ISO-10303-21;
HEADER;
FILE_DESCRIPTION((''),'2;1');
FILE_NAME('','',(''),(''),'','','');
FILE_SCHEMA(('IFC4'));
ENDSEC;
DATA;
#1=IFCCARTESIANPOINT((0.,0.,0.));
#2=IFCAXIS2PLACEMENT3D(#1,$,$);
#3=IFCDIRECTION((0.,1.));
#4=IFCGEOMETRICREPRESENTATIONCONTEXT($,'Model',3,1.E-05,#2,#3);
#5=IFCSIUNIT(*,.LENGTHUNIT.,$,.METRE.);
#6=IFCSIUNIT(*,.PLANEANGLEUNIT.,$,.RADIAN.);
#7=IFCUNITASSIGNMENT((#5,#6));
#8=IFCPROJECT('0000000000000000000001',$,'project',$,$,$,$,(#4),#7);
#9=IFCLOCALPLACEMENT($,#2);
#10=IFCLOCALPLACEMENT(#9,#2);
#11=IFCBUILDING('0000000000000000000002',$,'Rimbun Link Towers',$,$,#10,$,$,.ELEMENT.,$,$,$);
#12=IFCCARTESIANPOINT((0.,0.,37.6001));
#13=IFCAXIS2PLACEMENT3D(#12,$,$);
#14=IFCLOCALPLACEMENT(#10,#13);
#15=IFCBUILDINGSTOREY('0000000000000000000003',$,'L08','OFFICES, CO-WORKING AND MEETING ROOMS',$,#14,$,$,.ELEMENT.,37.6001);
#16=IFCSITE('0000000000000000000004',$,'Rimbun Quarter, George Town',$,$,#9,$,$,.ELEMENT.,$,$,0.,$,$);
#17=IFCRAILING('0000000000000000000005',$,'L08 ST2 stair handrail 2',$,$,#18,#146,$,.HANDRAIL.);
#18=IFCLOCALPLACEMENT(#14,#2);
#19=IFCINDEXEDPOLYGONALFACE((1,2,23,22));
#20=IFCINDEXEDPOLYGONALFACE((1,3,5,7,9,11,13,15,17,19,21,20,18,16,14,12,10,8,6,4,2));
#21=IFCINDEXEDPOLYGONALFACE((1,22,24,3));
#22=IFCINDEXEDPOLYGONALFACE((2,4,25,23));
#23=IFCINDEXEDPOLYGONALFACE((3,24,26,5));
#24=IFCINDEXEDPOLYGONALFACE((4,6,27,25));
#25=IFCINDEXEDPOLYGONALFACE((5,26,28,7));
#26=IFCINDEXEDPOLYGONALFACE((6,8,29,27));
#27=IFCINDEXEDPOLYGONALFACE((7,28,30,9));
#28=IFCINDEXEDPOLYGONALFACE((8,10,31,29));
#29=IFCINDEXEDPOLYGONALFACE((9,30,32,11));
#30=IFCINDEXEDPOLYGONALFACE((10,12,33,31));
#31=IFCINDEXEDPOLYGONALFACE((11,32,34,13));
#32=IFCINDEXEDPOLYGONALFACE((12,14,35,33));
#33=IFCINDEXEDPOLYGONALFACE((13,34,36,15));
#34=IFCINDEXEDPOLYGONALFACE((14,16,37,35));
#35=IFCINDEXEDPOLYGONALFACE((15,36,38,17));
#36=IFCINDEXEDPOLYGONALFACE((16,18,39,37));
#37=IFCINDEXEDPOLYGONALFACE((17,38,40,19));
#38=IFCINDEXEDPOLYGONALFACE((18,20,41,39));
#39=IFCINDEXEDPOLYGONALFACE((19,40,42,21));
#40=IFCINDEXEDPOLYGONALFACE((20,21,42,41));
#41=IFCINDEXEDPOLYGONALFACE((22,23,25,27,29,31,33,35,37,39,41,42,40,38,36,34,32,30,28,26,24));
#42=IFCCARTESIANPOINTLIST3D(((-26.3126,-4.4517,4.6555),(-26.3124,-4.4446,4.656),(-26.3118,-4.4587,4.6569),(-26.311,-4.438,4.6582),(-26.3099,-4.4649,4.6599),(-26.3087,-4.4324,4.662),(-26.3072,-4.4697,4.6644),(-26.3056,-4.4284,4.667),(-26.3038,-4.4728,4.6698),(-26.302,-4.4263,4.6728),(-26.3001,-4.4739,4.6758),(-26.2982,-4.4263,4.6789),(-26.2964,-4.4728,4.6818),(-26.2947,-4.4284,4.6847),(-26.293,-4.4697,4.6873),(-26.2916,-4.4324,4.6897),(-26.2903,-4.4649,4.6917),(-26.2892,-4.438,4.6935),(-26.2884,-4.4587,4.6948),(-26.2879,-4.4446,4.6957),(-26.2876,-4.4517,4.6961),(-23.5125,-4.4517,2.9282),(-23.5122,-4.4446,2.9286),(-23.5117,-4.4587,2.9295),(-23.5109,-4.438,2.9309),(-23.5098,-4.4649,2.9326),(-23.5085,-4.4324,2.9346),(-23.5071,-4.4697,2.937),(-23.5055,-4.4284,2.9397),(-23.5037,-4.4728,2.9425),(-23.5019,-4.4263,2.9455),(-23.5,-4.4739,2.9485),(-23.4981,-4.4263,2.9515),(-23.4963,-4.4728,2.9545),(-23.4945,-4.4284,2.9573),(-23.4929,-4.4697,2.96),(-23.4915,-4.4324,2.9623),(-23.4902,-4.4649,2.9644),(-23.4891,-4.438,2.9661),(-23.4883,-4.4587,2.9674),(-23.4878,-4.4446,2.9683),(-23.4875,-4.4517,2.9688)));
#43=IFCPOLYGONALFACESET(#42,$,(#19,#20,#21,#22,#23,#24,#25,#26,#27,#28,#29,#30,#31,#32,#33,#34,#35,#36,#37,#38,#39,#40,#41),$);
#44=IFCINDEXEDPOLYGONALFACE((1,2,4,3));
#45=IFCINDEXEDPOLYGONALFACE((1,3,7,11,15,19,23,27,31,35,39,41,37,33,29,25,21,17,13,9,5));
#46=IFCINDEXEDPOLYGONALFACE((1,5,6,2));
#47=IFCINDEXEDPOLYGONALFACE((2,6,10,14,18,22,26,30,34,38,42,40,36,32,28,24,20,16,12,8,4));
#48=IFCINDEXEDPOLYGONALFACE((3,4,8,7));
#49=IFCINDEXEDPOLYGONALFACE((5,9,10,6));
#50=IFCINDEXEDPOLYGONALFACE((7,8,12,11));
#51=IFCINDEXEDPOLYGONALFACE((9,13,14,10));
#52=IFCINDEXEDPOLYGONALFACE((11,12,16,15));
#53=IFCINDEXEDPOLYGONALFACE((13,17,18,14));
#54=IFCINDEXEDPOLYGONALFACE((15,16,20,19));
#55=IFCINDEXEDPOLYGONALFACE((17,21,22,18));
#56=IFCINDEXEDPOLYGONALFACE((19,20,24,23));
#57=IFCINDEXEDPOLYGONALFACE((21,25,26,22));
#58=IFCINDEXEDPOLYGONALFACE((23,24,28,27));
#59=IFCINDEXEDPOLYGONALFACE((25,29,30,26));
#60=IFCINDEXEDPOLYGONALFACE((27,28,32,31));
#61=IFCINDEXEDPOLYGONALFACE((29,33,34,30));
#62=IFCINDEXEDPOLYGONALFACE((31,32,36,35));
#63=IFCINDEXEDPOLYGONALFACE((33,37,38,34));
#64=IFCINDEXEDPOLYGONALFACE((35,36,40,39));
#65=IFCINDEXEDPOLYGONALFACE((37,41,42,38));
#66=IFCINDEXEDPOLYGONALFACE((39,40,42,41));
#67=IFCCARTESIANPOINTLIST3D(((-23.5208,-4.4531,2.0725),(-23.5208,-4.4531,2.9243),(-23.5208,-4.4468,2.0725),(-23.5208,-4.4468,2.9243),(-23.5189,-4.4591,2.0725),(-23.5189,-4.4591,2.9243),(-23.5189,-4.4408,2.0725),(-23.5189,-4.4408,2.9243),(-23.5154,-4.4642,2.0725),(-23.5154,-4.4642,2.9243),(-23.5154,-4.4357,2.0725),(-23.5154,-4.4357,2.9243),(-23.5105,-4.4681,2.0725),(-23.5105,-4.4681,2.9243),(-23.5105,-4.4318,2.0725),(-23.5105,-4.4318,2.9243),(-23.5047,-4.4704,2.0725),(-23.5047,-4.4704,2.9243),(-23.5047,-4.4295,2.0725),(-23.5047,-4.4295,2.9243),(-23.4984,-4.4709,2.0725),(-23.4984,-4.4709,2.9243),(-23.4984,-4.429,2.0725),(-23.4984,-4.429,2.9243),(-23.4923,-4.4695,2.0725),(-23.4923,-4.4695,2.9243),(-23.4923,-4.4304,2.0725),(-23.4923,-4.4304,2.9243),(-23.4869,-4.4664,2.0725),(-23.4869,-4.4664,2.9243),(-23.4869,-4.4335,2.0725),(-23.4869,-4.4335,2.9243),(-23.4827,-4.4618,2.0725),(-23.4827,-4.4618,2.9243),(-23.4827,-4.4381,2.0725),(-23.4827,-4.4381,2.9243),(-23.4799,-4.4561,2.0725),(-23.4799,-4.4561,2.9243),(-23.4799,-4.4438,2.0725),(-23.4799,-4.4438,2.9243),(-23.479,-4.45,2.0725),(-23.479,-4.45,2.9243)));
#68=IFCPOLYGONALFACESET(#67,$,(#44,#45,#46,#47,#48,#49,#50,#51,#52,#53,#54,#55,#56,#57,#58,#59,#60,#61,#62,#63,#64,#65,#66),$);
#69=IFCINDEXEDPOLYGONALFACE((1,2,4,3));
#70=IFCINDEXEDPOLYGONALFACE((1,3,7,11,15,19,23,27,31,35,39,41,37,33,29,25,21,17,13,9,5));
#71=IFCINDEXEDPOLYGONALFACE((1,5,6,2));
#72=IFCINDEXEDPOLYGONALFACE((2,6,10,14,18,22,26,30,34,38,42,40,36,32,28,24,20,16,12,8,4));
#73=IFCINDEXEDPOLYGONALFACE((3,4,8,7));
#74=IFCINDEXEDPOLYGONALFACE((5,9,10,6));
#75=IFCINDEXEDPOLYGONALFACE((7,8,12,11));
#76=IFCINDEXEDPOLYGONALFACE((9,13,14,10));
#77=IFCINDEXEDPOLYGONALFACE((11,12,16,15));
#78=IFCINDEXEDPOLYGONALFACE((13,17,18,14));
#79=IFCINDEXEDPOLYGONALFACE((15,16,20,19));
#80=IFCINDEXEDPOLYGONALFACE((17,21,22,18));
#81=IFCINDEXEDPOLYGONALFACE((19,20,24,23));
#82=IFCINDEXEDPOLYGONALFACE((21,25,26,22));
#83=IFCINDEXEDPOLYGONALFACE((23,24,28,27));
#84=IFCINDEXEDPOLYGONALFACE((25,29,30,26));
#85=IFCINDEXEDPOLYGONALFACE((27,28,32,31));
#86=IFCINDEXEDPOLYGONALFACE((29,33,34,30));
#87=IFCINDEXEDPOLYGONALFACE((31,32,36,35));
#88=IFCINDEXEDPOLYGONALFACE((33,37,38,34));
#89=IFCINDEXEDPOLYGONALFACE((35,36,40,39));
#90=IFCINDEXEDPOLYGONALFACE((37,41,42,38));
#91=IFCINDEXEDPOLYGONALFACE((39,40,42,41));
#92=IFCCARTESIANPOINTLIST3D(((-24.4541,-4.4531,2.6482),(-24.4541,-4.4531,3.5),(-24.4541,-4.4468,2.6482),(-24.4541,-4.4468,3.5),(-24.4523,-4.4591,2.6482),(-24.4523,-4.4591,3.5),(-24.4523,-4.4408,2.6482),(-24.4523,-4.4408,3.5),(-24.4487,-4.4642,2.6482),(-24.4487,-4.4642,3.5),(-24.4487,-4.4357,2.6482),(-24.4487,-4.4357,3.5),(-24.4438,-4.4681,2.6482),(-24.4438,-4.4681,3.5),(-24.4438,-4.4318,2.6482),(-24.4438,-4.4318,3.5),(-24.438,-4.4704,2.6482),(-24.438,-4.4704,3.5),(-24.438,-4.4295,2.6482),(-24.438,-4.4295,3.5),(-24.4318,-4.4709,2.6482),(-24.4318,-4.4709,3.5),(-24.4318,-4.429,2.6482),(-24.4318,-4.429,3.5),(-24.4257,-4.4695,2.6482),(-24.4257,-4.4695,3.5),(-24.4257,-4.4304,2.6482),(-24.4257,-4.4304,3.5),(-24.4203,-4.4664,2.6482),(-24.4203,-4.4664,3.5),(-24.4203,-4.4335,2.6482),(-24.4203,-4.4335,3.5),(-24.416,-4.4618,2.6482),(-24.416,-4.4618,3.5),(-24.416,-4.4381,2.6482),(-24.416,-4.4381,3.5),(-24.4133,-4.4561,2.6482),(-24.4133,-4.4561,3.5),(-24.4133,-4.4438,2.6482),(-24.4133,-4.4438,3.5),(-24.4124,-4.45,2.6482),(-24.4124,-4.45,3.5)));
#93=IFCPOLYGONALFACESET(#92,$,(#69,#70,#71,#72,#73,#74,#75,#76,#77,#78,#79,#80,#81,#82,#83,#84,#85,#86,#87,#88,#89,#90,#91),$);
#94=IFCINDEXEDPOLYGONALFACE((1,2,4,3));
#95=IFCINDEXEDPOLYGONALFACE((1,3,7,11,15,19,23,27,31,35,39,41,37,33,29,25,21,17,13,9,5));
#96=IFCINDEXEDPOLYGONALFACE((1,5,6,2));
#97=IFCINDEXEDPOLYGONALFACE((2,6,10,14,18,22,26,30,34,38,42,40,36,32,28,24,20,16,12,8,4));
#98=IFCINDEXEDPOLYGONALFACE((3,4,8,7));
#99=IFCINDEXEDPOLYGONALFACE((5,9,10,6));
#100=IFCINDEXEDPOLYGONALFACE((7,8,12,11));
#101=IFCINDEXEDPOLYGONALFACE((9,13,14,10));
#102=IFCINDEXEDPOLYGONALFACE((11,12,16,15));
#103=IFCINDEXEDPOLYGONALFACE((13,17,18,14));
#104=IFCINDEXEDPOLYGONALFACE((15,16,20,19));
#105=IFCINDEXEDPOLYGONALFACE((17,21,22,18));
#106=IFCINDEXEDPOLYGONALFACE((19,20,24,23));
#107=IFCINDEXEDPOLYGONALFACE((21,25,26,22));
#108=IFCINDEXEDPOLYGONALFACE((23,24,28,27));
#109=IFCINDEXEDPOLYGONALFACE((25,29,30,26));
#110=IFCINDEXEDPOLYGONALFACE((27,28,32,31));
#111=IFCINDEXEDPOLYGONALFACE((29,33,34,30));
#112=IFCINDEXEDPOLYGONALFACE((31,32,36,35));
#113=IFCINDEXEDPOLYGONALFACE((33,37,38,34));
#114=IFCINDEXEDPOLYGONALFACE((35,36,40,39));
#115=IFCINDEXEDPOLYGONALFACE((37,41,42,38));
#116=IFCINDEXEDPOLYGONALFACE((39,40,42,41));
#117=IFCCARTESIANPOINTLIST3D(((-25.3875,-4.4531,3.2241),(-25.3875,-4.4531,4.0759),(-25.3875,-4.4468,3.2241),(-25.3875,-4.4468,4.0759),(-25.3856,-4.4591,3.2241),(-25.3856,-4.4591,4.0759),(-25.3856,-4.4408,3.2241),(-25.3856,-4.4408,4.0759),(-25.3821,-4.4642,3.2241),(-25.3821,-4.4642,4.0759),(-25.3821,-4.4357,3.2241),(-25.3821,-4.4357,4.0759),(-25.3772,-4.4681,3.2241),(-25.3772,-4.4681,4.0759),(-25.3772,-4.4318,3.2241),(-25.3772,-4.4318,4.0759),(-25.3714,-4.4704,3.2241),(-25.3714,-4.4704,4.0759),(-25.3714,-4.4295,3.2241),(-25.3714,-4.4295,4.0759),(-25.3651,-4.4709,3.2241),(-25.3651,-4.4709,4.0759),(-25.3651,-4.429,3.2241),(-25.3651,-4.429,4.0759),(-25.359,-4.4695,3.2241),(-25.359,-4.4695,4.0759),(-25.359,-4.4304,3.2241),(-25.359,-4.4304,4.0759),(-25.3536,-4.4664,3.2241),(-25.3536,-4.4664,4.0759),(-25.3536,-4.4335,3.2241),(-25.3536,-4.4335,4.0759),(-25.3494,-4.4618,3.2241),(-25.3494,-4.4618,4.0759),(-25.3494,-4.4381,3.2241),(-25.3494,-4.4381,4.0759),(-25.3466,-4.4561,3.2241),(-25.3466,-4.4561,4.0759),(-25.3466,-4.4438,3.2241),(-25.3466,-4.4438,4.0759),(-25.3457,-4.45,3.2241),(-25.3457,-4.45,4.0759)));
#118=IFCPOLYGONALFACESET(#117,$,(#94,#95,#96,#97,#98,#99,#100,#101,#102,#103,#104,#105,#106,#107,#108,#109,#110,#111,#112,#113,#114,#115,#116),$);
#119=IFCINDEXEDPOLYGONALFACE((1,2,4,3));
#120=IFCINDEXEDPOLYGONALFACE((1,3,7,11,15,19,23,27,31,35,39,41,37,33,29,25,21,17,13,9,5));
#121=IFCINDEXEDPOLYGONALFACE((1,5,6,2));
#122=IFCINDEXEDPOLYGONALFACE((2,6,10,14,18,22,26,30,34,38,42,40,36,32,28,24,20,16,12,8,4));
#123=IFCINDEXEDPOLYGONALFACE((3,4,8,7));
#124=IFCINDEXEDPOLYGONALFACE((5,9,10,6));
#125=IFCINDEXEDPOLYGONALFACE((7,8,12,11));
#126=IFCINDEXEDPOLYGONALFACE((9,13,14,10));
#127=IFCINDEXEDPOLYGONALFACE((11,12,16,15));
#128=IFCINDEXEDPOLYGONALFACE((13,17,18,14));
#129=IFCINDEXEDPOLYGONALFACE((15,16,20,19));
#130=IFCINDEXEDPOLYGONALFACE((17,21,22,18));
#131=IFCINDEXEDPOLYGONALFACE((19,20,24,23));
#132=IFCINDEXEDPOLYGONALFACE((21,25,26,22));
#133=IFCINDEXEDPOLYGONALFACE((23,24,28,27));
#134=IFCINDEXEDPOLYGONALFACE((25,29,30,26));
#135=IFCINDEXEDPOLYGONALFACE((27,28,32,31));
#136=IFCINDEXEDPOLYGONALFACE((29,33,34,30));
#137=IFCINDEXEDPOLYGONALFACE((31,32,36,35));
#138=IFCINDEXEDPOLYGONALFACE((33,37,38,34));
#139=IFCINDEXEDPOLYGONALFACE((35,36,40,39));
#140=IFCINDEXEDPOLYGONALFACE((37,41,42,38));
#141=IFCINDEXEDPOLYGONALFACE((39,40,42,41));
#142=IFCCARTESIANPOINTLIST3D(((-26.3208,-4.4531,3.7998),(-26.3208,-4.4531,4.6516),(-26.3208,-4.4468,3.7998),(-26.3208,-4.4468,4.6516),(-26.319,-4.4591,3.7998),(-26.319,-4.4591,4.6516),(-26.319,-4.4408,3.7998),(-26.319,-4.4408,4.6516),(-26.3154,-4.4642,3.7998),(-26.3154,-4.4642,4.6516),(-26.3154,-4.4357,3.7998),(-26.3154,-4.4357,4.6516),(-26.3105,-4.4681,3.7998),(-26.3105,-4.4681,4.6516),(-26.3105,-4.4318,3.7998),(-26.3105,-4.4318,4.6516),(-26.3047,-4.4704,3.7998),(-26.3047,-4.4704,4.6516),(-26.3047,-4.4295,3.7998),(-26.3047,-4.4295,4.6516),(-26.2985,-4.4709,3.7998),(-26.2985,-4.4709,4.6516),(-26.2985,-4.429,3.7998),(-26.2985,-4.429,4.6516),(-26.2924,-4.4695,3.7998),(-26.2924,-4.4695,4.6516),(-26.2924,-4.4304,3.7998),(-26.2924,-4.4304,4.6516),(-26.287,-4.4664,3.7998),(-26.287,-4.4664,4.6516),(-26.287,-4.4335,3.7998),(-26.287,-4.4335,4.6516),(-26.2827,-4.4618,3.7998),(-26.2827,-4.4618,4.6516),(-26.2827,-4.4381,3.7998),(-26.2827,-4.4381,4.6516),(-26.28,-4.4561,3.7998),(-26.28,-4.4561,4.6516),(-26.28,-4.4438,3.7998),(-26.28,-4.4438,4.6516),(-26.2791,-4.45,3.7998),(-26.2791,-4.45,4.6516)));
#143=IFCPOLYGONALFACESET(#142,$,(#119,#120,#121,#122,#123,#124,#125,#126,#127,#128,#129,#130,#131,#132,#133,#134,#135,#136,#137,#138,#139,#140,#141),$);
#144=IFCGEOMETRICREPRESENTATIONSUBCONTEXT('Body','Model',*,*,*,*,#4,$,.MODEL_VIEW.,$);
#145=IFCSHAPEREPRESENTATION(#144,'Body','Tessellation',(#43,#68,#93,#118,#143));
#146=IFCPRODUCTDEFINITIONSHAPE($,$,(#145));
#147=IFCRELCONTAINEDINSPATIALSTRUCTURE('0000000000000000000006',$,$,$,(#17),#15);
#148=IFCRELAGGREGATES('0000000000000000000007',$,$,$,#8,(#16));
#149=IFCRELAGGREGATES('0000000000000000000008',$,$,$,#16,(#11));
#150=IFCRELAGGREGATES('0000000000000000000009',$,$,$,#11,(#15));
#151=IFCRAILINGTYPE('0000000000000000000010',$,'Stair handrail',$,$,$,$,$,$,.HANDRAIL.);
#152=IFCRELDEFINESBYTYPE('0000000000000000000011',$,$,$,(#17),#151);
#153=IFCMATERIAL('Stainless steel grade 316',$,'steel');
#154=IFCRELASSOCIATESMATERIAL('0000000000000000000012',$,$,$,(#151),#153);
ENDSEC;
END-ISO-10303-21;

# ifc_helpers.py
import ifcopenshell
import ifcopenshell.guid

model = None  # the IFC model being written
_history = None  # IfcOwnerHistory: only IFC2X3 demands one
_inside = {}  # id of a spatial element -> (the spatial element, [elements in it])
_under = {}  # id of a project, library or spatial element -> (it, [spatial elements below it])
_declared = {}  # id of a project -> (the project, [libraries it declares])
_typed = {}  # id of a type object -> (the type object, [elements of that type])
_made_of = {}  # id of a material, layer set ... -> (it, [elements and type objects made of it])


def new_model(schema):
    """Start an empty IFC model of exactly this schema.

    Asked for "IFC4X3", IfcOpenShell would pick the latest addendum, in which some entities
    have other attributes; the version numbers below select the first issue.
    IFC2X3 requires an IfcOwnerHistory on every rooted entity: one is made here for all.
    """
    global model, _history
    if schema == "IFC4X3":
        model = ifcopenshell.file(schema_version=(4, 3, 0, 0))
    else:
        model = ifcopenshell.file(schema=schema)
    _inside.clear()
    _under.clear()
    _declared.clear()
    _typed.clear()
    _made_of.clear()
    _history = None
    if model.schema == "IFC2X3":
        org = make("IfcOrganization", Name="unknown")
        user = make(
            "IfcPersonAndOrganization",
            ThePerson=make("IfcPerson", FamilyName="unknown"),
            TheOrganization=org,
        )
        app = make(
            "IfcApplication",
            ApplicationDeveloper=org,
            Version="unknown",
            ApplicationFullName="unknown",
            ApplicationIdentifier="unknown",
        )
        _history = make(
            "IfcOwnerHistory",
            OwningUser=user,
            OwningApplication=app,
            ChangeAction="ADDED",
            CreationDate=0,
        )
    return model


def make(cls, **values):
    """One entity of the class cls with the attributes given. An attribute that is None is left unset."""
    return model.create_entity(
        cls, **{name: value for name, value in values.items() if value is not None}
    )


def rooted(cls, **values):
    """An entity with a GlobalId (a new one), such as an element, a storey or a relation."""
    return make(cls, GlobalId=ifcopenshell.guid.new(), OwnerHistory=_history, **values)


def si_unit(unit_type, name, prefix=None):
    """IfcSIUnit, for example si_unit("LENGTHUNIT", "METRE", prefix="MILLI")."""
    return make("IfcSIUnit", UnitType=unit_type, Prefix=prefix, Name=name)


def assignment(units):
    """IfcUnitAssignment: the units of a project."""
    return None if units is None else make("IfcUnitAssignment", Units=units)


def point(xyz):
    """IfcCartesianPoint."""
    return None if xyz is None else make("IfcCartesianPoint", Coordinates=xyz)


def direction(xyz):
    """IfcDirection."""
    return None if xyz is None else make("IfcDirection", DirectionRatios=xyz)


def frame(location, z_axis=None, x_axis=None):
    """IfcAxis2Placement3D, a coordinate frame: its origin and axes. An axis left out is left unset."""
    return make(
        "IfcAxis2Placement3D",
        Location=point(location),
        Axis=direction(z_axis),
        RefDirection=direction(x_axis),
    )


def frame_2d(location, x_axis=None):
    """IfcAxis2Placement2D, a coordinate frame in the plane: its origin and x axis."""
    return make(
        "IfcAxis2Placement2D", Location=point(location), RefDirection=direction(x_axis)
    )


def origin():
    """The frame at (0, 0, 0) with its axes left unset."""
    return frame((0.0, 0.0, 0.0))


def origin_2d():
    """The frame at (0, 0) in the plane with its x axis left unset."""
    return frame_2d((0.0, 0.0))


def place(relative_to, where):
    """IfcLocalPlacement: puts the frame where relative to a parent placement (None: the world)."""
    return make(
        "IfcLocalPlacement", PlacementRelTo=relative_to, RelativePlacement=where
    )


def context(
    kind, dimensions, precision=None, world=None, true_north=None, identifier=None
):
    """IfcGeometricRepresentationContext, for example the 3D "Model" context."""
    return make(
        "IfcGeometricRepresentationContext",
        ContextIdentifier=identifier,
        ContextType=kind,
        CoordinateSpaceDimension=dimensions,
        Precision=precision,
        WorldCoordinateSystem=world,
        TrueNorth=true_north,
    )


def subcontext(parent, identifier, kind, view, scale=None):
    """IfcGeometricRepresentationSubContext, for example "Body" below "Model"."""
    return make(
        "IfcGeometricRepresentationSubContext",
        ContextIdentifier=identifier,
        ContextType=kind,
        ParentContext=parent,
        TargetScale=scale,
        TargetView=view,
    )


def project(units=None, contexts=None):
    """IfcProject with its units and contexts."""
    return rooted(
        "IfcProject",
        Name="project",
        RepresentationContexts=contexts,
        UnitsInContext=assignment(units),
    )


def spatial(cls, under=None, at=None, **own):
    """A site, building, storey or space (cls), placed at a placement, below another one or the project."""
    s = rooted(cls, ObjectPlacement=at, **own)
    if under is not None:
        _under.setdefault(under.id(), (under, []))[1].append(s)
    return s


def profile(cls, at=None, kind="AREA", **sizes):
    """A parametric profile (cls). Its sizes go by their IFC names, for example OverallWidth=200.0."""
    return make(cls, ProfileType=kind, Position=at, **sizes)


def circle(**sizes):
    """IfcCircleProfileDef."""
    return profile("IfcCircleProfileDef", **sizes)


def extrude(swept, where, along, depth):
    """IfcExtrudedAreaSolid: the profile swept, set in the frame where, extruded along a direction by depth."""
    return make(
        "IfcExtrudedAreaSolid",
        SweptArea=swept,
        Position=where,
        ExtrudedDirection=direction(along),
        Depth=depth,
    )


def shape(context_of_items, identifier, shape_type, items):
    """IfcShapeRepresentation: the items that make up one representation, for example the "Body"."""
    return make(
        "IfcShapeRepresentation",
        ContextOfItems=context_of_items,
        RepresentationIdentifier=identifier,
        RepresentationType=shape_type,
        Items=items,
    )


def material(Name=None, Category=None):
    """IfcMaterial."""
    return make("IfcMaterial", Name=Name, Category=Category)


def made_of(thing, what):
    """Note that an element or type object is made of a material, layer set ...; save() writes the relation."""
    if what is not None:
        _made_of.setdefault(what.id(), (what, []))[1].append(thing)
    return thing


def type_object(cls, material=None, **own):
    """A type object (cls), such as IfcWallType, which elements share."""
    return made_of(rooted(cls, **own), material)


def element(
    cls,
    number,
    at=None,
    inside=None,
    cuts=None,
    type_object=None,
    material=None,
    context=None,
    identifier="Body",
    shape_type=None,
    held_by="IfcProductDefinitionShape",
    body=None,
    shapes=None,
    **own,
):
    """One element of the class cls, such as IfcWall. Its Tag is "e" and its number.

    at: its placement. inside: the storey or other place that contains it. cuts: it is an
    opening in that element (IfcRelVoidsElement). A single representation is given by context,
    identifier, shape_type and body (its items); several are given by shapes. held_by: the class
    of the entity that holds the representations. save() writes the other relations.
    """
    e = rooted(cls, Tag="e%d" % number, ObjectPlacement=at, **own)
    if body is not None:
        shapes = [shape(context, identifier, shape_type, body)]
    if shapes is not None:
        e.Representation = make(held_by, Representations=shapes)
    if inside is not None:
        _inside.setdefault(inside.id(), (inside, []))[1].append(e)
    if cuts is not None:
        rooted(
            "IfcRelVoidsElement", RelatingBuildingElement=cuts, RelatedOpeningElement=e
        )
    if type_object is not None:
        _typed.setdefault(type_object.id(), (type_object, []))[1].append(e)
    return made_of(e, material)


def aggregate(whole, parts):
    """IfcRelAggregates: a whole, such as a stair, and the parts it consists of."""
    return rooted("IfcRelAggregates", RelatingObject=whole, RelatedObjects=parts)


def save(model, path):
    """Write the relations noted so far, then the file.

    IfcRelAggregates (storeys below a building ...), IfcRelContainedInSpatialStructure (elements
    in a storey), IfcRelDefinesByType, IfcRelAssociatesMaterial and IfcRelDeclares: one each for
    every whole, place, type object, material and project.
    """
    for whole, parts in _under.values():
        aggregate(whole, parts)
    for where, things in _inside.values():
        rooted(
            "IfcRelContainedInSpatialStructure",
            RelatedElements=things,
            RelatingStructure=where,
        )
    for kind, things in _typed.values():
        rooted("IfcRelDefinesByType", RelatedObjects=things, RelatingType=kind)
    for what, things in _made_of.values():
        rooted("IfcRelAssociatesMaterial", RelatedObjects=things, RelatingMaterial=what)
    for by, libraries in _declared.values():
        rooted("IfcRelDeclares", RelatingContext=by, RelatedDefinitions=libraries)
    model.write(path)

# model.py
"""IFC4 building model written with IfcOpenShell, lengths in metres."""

from ifc_helpers import new_model, si_unit, direction, frame, origin, origin_2d, place, context, subcontext, project, spatial, circle, extrude, material, type_object, element, save


model = new_model("IFC4")

# Units and contexts
model_context = context("Model", 3, precision=1e-05, world=origin(), true_north=direction((0.0, 1.0)))
body_context = subcontext(model_context, "Body", "Model", "MODEL_VIEW")
ifc_project = project(units=[si_unit("LENGTHUNIT", "METRE"), si_unit("PLANEANGLEUNIT", "RADIAN")], contexts=[model_context])

# Site, building, storey
site_placement = place(None, origin())
site = spatial("IfcSite", under=ifc_project, at=site_placement, Name="Rimbun Quarter, George Town", CompositionType="ELEMENT", RefElevation=0.0)
building_placement = place(site_placement, origin())
building = spatial("IfcBuilding", under=site, at=building_placement, Name="Rimbun Link Towers", CompositionType="ELEMENT")
storey_placement = place(building_placement, frame((0.0, 0.0, 37.6001)))
storey = spatial("IfcBuildingStorey", under=building, at=storey_placement, Name="L08", Description="OFFICES, CO-WORKING AND MEETING ROOMS", CompositionType="ELEMENT", Elevation=37.6001)

# Railing
ifc_material_1 = material(Name="Stainless steel grade 316", Category="steel")
railing_type_1 = type_object("IfcRailingType", Name="Stair handrail", PredefinedType="HANDRAIL", material=ifc_material_1)
railing_1_placement = place(storey_placement, frame((-23.5, -4.45, 2.0725)))
element("IfcRailing", 1, at=railing_1_placement, inside=storey, type_object=railing_type_1, Name="L08 ST2 stair handrail 2", PredefinedType="HANDRAIL", context=body_context, shape_type="SweptSolid", body=[
    extrude(circle(Radius=0.0239, at=origin_2d()), frame((0.0, 0.0, 0.876), z_axis=(-0.85109, 0.0, 0.52502), x_axis=(0.0, -1.0, 0.0)), (0.0, 0.0, 1.0), 3.29),
    extrude(circle(Radius=0.021, at=origin_2d()), origin(), (0.0, 0.0, 1.0), 0.8518),
    extrude(circle(Radius=0.021, at=origin_2d()), frame((-0.9333, 0.0, 0.5757)), (0.0, 0.0, 1.0), 0.8518),
    extrude(circle(Radius=0.021, at=origin_2d()), frame((-1.8667, 0.0, 1.1516)), (0.0, 0.0, 1.0), 0.8518),
    extrude(circle(Radius=0.021, at=origin_2d()), frame((-2.8, 0.0, 1.7273)), (0.0, 0.0, 1.0), 0.8518),
])

save(model, "model.ifc")
